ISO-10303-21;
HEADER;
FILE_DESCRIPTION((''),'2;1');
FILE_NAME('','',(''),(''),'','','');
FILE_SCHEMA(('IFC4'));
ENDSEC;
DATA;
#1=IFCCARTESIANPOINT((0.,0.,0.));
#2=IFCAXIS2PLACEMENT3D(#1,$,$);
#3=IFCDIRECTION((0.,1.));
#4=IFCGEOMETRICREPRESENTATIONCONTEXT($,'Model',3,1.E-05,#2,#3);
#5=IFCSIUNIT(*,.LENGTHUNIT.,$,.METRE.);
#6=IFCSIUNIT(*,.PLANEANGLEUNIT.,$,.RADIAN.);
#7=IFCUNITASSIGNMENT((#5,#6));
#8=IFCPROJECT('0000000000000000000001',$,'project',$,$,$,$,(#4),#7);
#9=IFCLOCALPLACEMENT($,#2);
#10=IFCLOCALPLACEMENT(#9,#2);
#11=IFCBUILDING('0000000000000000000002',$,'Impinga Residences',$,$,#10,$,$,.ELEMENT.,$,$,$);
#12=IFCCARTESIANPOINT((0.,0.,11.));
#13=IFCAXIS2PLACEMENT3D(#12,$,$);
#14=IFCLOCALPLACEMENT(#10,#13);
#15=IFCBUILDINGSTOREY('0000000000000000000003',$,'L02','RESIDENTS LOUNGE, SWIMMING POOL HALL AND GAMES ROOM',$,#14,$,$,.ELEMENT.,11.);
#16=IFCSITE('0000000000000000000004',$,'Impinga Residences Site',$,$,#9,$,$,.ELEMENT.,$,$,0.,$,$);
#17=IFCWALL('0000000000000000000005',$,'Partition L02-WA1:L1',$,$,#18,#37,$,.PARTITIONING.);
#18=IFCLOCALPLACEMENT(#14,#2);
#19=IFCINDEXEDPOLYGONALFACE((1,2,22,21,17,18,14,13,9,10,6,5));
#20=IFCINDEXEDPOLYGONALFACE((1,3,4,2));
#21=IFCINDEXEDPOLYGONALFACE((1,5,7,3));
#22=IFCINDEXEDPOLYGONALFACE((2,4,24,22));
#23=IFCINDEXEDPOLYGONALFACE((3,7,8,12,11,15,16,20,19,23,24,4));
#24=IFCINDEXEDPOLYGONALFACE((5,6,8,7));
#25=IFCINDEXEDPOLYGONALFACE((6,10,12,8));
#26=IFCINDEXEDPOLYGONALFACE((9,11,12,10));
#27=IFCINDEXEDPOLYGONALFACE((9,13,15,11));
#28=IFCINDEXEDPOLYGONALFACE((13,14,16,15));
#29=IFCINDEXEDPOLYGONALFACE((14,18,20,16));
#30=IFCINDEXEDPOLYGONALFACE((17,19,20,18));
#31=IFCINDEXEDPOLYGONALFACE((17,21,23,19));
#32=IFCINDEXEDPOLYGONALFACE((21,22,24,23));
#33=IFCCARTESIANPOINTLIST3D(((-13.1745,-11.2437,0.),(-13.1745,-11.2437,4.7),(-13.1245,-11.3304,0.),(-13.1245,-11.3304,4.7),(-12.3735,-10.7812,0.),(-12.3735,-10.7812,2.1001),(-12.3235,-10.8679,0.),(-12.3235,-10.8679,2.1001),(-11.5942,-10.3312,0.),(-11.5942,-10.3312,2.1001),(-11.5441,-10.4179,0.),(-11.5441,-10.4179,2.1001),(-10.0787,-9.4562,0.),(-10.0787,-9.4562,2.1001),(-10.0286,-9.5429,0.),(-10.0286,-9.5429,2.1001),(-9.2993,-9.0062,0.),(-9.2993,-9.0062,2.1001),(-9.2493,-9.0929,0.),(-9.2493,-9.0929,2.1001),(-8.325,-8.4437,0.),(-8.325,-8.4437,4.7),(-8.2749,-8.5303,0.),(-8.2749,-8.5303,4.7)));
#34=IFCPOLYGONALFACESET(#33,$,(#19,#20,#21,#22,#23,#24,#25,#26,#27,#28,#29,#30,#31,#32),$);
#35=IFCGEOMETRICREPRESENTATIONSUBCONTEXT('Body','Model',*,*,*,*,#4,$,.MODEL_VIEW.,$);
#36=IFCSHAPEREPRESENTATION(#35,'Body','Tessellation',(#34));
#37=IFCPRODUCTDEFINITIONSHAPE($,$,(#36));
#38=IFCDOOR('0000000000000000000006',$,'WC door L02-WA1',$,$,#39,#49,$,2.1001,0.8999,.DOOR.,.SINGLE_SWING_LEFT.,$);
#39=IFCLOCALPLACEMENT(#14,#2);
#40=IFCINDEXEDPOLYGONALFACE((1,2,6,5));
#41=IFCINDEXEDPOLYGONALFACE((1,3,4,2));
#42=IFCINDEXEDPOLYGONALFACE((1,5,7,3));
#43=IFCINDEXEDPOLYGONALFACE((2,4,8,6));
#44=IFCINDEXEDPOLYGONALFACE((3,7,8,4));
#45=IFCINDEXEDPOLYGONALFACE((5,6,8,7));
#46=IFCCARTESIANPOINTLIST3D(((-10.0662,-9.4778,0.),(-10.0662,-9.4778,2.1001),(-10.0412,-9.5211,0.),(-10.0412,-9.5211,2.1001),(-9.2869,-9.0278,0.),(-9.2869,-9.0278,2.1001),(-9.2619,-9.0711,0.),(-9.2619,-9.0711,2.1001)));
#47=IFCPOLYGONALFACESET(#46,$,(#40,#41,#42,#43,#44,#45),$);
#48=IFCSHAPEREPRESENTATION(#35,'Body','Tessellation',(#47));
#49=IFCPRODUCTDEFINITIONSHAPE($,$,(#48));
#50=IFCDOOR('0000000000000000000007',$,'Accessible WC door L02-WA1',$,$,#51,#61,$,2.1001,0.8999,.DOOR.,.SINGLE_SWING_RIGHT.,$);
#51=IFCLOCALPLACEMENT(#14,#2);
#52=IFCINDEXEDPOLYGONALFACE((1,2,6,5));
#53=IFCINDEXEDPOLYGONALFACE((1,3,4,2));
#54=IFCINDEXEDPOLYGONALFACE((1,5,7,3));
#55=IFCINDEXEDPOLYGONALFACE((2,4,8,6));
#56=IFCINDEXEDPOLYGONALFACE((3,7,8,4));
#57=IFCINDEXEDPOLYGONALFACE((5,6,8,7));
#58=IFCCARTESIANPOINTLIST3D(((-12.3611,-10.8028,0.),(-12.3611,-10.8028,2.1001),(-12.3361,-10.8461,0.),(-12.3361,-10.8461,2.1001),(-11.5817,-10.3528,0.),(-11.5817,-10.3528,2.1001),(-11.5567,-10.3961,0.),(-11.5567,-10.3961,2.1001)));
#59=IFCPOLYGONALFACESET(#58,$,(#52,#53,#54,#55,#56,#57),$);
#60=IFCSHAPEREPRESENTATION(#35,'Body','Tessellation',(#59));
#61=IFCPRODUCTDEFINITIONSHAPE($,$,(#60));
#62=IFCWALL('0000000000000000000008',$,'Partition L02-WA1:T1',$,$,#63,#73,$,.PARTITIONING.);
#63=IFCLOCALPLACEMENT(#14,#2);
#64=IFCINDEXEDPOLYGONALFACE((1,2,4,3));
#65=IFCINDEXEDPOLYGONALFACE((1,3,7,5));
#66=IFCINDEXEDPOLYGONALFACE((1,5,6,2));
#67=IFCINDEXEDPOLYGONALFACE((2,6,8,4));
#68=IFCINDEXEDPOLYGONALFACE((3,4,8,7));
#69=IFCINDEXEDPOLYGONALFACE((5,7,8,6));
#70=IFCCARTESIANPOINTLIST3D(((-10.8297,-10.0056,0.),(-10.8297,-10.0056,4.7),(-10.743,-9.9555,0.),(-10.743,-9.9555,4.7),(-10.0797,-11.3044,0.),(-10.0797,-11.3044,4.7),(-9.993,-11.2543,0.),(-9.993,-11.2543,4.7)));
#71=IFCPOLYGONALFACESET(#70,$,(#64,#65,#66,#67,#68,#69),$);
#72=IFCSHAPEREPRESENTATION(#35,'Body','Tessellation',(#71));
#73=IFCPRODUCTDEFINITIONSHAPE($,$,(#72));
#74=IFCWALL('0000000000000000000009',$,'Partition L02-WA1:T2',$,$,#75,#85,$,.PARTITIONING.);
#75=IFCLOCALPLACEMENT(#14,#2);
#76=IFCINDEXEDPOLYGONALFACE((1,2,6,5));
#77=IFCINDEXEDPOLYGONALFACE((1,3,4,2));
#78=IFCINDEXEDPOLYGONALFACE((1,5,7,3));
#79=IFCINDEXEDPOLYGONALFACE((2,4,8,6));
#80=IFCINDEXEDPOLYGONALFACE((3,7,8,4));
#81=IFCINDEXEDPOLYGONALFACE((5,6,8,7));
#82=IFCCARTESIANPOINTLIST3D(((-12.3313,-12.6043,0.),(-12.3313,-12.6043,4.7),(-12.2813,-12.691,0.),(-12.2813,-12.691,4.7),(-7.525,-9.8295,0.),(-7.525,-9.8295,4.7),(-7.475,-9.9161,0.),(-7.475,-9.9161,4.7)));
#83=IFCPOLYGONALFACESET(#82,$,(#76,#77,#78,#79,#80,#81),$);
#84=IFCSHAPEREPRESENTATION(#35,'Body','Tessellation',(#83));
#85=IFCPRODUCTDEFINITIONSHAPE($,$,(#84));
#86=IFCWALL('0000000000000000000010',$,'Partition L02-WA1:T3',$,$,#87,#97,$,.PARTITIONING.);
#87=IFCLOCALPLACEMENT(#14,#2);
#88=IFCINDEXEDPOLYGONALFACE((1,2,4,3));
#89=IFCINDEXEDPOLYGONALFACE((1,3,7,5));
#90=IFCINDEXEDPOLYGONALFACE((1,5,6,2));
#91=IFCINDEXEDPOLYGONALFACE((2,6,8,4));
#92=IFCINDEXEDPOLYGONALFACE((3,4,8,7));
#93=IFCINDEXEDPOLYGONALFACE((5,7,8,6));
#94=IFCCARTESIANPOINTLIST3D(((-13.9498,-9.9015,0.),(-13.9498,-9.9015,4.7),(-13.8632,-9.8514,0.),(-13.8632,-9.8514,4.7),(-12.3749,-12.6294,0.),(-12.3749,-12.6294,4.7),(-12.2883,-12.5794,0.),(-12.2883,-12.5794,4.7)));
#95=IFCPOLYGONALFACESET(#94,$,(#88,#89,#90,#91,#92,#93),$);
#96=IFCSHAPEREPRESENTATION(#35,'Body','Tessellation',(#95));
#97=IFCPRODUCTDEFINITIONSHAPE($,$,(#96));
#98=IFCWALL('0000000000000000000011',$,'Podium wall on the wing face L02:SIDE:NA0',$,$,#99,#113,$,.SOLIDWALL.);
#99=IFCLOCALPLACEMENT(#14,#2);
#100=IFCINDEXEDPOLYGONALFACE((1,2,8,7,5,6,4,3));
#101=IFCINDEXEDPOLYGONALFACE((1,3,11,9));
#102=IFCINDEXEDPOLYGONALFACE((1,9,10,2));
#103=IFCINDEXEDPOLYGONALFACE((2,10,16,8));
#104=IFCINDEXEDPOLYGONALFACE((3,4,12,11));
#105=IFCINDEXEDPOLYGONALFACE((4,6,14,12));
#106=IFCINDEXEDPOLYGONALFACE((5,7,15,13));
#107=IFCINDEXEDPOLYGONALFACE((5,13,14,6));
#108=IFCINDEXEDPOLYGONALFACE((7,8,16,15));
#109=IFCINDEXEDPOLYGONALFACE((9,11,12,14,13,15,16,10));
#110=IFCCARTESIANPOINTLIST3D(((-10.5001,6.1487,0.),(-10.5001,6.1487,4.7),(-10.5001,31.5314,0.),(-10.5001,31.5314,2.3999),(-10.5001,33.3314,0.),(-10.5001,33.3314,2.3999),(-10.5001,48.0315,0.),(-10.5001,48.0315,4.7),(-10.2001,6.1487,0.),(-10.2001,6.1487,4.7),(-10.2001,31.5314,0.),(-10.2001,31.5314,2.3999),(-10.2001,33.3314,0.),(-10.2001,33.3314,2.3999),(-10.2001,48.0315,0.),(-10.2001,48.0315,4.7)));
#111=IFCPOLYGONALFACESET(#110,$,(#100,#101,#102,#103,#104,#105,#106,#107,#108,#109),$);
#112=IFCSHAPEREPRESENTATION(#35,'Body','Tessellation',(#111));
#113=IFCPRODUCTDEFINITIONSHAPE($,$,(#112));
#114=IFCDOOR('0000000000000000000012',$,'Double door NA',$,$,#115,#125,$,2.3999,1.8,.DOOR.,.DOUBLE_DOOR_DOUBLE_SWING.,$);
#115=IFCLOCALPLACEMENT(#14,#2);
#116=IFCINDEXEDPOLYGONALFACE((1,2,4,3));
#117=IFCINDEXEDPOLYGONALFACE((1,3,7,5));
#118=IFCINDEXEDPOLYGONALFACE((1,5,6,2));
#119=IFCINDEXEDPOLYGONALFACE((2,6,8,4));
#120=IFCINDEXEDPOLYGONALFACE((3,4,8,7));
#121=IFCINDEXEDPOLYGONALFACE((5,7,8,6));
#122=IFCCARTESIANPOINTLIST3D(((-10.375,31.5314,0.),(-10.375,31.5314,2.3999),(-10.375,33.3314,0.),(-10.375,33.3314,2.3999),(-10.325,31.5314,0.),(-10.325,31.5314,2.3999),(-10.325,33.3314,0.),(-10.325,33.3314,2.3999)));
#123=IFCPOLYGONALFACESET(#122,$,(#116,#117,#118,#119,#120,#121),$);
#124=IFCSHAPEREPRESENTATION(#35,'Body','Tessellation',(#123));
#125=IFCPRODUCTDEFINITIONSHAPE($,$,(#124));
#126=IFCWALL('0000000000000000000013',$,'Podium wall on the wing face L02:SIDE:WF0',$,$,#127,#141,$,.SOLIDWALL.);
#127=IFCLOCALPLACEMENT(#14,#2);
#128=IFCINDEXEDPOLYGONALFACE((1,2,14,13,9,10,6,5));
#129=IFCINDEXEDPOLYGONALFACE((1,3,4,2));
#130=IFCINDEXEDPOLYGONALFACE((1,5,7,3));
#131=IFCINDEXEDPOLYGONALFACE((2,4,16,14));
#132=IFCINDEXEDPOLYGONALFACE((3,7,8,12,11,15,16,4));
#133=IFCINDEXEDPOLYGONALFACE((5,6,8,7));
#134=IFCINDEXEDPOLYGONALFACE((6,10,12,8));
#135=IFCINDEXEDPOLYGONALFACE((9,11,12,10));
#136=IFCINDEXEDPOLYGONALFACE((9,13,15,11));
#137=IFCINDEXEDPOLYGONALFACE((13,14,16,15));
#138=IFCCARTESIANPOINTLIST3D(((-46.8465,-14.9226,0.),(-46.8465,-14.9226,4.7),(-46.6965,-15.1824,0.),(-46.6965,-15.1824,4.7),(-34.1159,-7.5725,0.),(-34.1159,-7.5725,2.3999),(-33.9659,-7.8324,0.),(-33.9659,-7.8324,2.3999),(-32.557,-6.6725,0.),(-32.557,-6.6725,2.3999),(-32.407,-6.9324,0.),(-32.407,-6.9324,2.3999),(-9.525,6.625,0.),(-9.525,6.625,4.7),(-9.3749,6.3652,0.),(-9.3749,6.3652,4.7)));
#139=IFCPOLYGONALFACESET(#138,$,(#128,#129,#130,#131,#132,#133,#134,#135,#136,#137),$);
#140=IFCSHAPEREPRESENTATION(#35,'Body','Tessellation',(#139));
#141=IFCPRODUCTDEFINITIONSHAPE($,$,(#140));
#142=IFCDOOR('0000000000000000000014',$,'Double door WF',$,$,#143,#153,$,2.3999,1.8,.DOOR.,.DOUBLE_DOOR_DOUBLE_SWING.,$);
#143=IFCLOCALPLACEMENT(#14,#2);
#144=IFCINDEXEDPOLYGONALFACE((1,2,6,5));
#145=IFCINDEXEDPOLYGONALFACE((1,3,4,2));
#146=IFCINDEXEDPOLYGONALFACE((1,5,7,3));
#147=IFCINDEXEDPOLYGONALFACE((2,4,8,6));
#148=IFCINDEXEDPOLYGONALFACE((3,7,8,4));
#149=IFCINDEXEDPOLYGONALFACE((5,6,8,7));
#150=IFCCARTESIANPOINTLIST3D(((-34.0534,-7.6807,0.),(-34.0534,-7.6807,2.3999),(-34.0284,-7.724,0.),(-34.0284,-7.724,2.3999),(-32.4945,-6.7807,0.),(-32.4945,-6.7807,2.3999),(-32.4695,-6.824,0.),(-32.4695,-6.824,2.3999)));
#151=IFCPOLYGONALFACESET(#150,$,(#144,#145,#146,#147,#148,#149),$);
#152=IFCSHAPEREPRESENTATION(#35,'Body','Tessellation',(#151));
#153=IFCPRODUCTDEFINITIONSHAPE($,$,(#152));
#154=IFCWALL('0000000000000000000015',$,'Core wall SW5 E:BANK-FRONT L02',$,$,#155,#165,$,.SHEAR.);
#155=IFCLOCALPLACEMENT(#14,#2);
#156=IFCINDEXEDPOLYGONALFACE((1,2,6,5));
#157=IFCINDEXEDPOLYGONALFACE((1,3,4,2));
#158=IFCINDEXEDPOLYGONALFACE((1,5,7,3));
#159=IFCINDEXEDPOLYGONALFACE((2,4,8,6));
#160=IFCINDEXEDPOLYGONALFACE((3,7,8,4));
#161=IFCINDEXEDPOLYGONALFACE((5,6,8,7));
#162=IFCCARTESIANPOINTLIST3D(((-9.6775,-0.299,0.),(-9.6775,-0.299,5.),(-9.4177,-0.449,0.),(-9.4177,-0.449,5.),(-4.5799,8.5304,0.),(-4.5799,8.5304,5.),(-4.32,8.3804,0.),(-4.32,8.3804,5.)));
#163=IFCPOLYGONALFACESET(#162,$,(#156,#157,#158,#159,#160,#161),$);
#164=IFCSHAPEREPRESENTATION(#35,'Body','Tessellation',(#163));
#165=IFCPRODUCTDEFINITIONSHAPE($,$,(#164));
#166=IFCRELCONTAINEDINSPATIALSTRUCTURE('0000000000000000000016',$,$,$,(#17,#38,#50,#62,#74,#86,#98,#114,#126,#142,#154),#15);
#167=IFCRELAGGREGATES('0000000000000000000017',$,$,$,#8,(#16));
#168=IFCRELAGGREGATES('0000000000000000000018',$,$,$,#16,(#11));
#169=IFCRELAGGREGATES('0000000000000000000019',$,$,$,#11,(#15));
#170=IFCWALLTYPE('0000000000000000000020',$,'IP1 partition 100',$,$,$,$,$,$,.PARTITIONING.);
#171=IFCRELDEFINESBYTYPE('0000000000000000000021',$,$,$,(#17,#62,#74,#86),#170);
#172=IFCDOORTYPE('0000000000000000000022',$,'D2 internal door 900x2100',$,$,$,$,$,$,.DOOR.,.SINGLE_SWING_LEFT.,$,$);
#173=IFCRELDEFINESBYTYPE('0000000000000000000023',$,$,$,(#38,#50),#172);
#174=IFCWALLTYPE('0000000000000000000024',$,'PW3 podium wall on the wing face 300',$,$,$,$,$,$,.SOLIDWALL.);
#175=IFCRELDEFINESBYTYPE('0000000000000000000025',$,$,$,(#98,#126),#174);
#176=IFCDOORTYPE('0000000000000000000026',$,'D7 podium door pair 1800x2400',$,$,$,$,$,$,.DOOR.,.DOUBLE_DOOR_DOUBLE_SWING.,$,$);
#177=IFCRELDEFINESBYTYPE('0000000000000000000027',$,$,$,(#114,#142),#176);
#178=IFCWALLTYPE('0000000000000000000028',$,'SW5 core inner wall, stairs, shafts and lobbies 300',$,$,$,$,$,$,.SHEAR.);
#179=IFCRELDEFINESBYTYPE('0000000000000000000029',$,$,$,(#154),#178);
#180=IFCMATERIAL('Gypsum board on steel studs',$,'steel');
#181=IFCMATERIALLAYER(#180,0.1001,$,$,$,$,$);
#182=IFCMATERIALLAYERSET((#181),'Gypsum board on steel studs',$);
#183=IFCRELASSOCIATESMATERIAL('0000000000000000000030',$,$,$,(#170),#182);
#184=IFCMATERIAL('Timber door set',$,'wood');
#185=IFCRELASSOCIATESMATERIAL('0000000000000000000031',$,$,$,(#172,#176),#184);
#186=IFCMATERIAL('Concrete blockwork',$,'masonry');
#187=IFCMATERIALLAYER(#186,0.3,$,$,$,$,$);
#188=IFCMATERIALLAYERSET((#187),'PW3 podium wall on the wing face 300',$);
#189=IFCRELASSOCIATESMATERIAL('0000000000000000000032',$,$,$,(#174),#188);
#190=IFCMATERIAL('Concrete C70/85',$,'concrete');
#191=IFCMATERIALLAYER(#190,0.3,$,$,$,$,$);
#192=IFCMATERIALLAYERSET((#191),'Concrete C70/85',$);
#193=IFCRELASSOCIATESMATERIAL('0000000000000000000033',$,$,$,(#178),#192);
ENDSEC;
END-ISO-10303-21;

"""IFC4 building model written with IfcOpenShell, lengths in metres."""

from ifc_helpers import new_model, si_unit, direction, frame, frame_2d, origin, place, context, subcontext, project, spatial, rectangle, extrude, material, layer, layer_set, type_object, element, fill, save


model = new_model("IFC4")

# Units and contexts
model_context = context("Model", 3, precision=1e-05, world=origin(), true_north=direction((0.0, 1.0)))
body_context = subcontext(model_context, "Body", "Model", "MODEL_VIEW")
ifc_project = project(units=[si_unit("LENGTHUNIT", "METRE"), si_unit("PLANEANGLEUNIT", "RADIAN")], contexts=[model_context])

# Site, building, storey
site_placement = place(None, origin())
site = spatial("IfcSite", under=ifc_project, at=site_placement, Name="Impinga Residences Site", CompositionType="ELEMENT", RefElevation=0.0)
building_placement = place(site_placement, origin())
building = spatial("IfcBuilding", under=site, at=building_placement, Name="Impinga Residences", CompositionType="ELEMENT")
storey_placement = place(building_placement, frame((0.0, 0.0, 11.0)))
storey = spatial("IfcBuildingStorey", under=building, at=storey_placement, Name="L02", Description="RESIDENTS LOUNGE, SWIMMING POOL HALL AND GAMES ROOM", CompositionType="ELEMENT", Elevation=11.0)

# Shared definitions
ifc_material_1 = material(Name="Concrete C70/85", Category="concrete")

# Wall, openings, doors
ifc_material_2 = material(Name="Timber door set", Category="wood")
ifc_material_3 = material(Name="Gypsum board on steel studs", Category="steel")
ifc_layer_1 = layer(ifc_material_3, 0.1001)
ifc_layer_set_1 = layer_set([ifc_layer_1], Name="Gypsum board on steel studs")
wall_type_1 = type_object("IfcWallType", Name="IP1 partition 100", PredefinedType="PARTITIONING", material=ifc_layer_set_1)
wall_1_placement = place(storey_placement, frame((-8.3, -8.4871, 0.0), z_axis=(0.0, 0.0, 1.0), x_axis=(-0.866016, -0.500017, 0.0)))
wall_1 = element("IfcWall", 1, at=wall_1_placement, inside=storey, type_object=wall_type_1, Name="Partition L02-WA1:L1", PredefinedType="PARTITIONING", context=body_context, shape_type="SweptSolid", body=[
    extrude(rectangle(XDim=5.5999, YDim=0.1001, at=frame_2d((2.7998, 0.0))), origin(), (0.0, 0.0, 1.0), 4.7),
])
opening_1_placement = place(wall_1_placement, frame((1.125, 0.0, 0.0)))
opening_1 = element("IfcOpeningElement", 2, at=opening_1_placement, cuts=wall_1, PredefinedType="OPENING", context=body_context, shape_type="SweptSolid", body=[
    extrude(rectangle(XDim=0.8999, YDim=2.1001, at=frame_2d((0.45, 1.05))), frame((0.0, 0.0601, 0.0), z_axis=(0.0, -1.0, 0.0), x_axis=(1.0, 0.0, 0.0)), (0.0, 0.0, 1.0), 0.1201),
])
opening_2_placement = place(wall_1_placement, frame((3.7749, 0.0, 0.0)))
opening_2 = element("IfcOpeningElement", 3, at=opening_2_placement, cuts=wall_1, PredefinedType="OPENING", context=body_context, shape_type="SweptSolid", body=[
    extrude(rectangle(XDim=0.8999, YDim=2.1001, at=frame_2d((0.45, 1.05))), frame((0.0, 0.0601, 0.0), z_axis=(0.0, -1.0, 0.0), x_axis=(1.0, 0.0, 0.0)), (0.0, 0.0, 1.0), 0.1201),
])
door_type_1 = type_object("IfcDoorType", Name="D2 internal door 900x2100", OperationType="SINGLE_SWING_LEFT", PredefinedType="DOOR", material=ifc_material_2)
door_1_placement = place(opening_1_placement, origin())
door_1 = element("IfcDoor", 4, at=door_1_placement, inside=storey, type_object=door_type_1, Name="WC door L02-WA1", OperationType="SINGLE_SWING_LEFT", OverallHeight=2.1001, OverallWidth=0.8999, PredefinedType="DOOR", context=body_context, shape_type="SweptSolid", body=[
    extrude(rectangle(XDim=0.8999, YDim=2.1001, at=frame_2d((0.45, 1.05))), frame((0.0, 0.0249, 0.0), z_axis=(0.0, -1.0, 0.0), x_axis=(1.0, 0.0, 0.0)), (0.0, 0.0, 1.0), 0.05),
])
fill(opening_1, door_1)
door_2_placement = place(opening_2_placement, origin())
door_2 = element("IfcDoor", 5, at=door_2_placement, inside=storey, type_object=door_type_1, Name="Accessible WC door L02-WA1", OperationType="SINGLE_SWING_RIGHT", OverallHeight=2.1001, OverallWidth=0.8999, PredefinedType="DOOR", context=body_context, shape_type="SweptSolid", body=[
    extrude(rectangle(XDim=0.8999, YDim=2.1001, at=frame_2d((0.45, 1.05))), frame((0.0, 0.0249, 0.0), z_axis=(0.0, -1.0, 0.0), x_axis=(1.0, 0.0, 0.0)), (0.0, 0.0, 1.0), 0.05),
])
fill(opening_2, door_2)

# Walls
wall_2_placement = place(storey_placement, frame((-10.7864, -9.9805, 0.0), z_axis=(0.0, 0.0, 1.0), x_axis=(0.500061, -0.86599, 0.0)))
element("IfcWall", 6, at=wall_2_placement, inside=storey, type_object=wall_type_1, Name="Partition L02-WA1:T1", PredefinedType="PARTITIONING", context=body_context, shape_type="SweptSolid", body=[
    extrude(rectangle(XDim=1.4998, YDim=0.1001, at=frame_2d((0.75, 0.0))), origin(), (0.0, 0.0, 1.0), 4.7),
])
wall_3_placement = place(storey_placement, frame((-7.5, -9.8728, 0.0), z_axis=(0.0, 0.0, 1.0), x_axis=(-0.866031, -0.49999, 0.0)))
element("IfcWall", 7, at=wall_3_placement, inside=storey, type_object=wall_type_1, Name="Partition L02-WA1:T2", PredefinedType="PARTITIONING", context=body_context, shape_type="SweptSolid", body=[
    extrude(rectangle(XDim=5.5498, YDim=0.1001, at=frame_2d((2.7749, 0.0))), origin(), (0.0, 0.0, 1.0), 4.7),
])
wall_4_placement = place(storey_placement, frame((-13.9065, -9.8765, 0.0), z_axis=(0.0, 0.0, 1.0), x_axis=(0.499982, -0.866036, 0.0)))
element("IfcWall", 8, at=wall_4_placement, inside=storey, type_object=wall_type_1, Name="Partition L02-WA1:T3", PredefinedType="PARTITIONING", context=body_context, shape_type="SweptSolid", body=[
    extrude(rectangle(XDim=3.1499, YDim=0.1001, at=frame_2d((1.575, 0.0))), origin(), (0.0, 0.0, 1.0), 4.7),
])

# Walls, openings, doors
ifc_material_4 = material(Name="Concrete blockwork", Category="masonry")
ifc_layer_2 = layer(ifc_material_4, 0.3)
ifc_layer_set_2 = layer_set([ifc_layer_2], Name="PW3 podium wall on the wing face 300")
wall_type_2 = type_object("IfcWallType", Name="PW3 podium wall on the wing face 300", PredefinedType="SOLIDWALL", material=ifc_layer_set_2)
wall_5_placement = place(storey_placement, frame((-10.3501, 6.1487, 0.0), z_axis=(0.0, 0.0, 1.0), x_axis=(0.0, 1.0, 0.0)))
wall_5 = element("IfcWall", 9, at=wall_5_placement, inside=storey, type_object=wall_type_2, Name="Podium wall on the wing face L02:SIDE:NA0", PredefinedType="SOLIDWALL", context=body_context, shape_type="SweptSolid", body=[
    extrude(rectangle(XDim=41.8828, YDim=0.3, at=frame_2d((20.9414, 0.0))), origin(), (0.0, 0.0, 1.0), 4.7),
])
opening_3_placement = place(wall_5_placement, frame((25.3828, 0.0, 0.0)))
opening_3 = element("IfcOpeningElement", 10, at=opening_3_placement, cuts=wall_5, PredefinedType="OPENING", context=body_context, shape_type="SweptSolid", body=[
    extrude(rectangle(XDim=1.8, YDim=2.3999, at=frame_2d((0.8999, 1.2))), frame((0.0, 0.1599, 0.0), z_axis=(0.0, -1.0, 0.0), x_axis=(1.0, 0.0, 0.0)), (0.0, 0.0, 1.0), 0.3201),
])
door_type_2 = type_object("IfcDoorType", Name="D7 podium door pair 1800x2400", OperationType="DOUBLE_DOOR_DOUBLE_SWING", PredefinedType="DOOR", material=ifc_material_2)
door_3_placement = place(opening_3_placement, origin())
door_3 = element("IfcDoor", 11, at=door_3_placement, inside=storey, type_object=door_type_2, Name="Double door NA", OperationType="DOUBLE_DOOR_DOUBLE_SWING", OverallHeight=2.3999, OverallWidth=1.8, PredefinedType="DOOR", context=body_context, shape_type="SweptSolid", body=[
    extrude(rectangle(XDim=1.8, YDim=2.3999, at=frame_2d((0.8999, 1.2))), frame((0.0, 0.0249, 0.0), z_axis=(0.0, -1.0, 0.0), x_axis=(1.0, 0.0, 0.0)), (0.0, 0.0, 1.0), 0.05),
])
fill(opening_3, door_3)
wall_6_placement = place(storey_placement, frame((-9.45, 6.4951, 0.0), z_axis=(0.0, 0.0, 1.0), x_axis=(-0.866025, -0.5, 0.0)))
wall_6 = element("IfcWall", 12, at=wall_6_placement, inside=storey, type_object=wall_type_2, Name="Podium wall on the wing face L02:SIDE:WF0", PredefinedType="SOLIDWALL", context=body_context, shape_type="SweptSolid", body=[
    extrude(rectangle(XDim=43.0952, YDim=0.3, at=frame_2d((21.5476, 0.0))), origin(), (0.0, 0.0, 1.0), 4.7),
])
opening_4_placement = place(wall_6_placement, frame((26.5952, 0.0, 0.0)))
opening_4 = element("IfcOpeningElement", 13, at=opening_4_placement, cuts=wall_6, PredefinedType="OPENING", context=body_context, shape_type="SweptSolid", body=[
    extrude(rectangle(XDim=1.8, YDim=2.3999, at=frame_2d((0.8999, 1.2))), frame((0.0, 0.1599, 0.0), z_axis=(0.0, -1.0, 0.0), x_axis=(1.0, 0.0, 0.0)), (0.0, 0.0, 1.0), 0.3201),
])
door_4_placement = place(opening_4_placement, origin())
door_4 = element("IfcDoor", 14, at=door_4_placement, inside=storey, type_object=door_type_2, Name="Double door WF", OperationType="DOUBLE_DOOR_DOUBLE_SWING", OverallHeight=2.3999, OverallWidth=1.8, PredefinedType="DOOR", context=body_context, shape_type="SweptSolid", body=[
    extrude(rectangle(XDim=1.8, YDim=2.3999, at=frame_2d((0.8999, 1.2))), frame((0.0, 0.0249, 0.0), z_axis=(0.0, -1.0, 0.0), x_axis=(1.0, 0.0, 0.0)), (0.0, 0.0, 1.0), 0.05),
])
fill(opening_4, door_4)

# Wall
ifc_layer_3 = layer(ifc_material_1, 0.3)
ifc_layer_set_3 = layer_set([ifc_layer_3], Name="Concrete C70/85")
wall_type_3 = type_object("IfcWallType", Name="SW5 core inner wall, stairs, shafts and lobbies 300", PredefinedType="SHEAR", material=ifc_layer_set_3)
wall_7_placement = place(storey_placement, frame((-9.5476, -0.374, 0.0), z_axis=(0.0, 0.0, 1.0), x_axis=(0.500002, 0.866024, 0.0)))
element("IfcWall", 15, at=wall_7_placement, inside=storey, type_object=wall_type_3, Name="Core wall SW5 E:BANK-FRONT L02", PredefinedType="SHEAR", context=body_context, shape_type="SweptSolid", body=[
    extrude(rectangle(XDim=10.1953, YDim=0.3, at=frame_2d((5.0977, 0.0))), origin(), (0.0, 0.0, 1.0), 5.0),
])

save(model, "model.ifc")
